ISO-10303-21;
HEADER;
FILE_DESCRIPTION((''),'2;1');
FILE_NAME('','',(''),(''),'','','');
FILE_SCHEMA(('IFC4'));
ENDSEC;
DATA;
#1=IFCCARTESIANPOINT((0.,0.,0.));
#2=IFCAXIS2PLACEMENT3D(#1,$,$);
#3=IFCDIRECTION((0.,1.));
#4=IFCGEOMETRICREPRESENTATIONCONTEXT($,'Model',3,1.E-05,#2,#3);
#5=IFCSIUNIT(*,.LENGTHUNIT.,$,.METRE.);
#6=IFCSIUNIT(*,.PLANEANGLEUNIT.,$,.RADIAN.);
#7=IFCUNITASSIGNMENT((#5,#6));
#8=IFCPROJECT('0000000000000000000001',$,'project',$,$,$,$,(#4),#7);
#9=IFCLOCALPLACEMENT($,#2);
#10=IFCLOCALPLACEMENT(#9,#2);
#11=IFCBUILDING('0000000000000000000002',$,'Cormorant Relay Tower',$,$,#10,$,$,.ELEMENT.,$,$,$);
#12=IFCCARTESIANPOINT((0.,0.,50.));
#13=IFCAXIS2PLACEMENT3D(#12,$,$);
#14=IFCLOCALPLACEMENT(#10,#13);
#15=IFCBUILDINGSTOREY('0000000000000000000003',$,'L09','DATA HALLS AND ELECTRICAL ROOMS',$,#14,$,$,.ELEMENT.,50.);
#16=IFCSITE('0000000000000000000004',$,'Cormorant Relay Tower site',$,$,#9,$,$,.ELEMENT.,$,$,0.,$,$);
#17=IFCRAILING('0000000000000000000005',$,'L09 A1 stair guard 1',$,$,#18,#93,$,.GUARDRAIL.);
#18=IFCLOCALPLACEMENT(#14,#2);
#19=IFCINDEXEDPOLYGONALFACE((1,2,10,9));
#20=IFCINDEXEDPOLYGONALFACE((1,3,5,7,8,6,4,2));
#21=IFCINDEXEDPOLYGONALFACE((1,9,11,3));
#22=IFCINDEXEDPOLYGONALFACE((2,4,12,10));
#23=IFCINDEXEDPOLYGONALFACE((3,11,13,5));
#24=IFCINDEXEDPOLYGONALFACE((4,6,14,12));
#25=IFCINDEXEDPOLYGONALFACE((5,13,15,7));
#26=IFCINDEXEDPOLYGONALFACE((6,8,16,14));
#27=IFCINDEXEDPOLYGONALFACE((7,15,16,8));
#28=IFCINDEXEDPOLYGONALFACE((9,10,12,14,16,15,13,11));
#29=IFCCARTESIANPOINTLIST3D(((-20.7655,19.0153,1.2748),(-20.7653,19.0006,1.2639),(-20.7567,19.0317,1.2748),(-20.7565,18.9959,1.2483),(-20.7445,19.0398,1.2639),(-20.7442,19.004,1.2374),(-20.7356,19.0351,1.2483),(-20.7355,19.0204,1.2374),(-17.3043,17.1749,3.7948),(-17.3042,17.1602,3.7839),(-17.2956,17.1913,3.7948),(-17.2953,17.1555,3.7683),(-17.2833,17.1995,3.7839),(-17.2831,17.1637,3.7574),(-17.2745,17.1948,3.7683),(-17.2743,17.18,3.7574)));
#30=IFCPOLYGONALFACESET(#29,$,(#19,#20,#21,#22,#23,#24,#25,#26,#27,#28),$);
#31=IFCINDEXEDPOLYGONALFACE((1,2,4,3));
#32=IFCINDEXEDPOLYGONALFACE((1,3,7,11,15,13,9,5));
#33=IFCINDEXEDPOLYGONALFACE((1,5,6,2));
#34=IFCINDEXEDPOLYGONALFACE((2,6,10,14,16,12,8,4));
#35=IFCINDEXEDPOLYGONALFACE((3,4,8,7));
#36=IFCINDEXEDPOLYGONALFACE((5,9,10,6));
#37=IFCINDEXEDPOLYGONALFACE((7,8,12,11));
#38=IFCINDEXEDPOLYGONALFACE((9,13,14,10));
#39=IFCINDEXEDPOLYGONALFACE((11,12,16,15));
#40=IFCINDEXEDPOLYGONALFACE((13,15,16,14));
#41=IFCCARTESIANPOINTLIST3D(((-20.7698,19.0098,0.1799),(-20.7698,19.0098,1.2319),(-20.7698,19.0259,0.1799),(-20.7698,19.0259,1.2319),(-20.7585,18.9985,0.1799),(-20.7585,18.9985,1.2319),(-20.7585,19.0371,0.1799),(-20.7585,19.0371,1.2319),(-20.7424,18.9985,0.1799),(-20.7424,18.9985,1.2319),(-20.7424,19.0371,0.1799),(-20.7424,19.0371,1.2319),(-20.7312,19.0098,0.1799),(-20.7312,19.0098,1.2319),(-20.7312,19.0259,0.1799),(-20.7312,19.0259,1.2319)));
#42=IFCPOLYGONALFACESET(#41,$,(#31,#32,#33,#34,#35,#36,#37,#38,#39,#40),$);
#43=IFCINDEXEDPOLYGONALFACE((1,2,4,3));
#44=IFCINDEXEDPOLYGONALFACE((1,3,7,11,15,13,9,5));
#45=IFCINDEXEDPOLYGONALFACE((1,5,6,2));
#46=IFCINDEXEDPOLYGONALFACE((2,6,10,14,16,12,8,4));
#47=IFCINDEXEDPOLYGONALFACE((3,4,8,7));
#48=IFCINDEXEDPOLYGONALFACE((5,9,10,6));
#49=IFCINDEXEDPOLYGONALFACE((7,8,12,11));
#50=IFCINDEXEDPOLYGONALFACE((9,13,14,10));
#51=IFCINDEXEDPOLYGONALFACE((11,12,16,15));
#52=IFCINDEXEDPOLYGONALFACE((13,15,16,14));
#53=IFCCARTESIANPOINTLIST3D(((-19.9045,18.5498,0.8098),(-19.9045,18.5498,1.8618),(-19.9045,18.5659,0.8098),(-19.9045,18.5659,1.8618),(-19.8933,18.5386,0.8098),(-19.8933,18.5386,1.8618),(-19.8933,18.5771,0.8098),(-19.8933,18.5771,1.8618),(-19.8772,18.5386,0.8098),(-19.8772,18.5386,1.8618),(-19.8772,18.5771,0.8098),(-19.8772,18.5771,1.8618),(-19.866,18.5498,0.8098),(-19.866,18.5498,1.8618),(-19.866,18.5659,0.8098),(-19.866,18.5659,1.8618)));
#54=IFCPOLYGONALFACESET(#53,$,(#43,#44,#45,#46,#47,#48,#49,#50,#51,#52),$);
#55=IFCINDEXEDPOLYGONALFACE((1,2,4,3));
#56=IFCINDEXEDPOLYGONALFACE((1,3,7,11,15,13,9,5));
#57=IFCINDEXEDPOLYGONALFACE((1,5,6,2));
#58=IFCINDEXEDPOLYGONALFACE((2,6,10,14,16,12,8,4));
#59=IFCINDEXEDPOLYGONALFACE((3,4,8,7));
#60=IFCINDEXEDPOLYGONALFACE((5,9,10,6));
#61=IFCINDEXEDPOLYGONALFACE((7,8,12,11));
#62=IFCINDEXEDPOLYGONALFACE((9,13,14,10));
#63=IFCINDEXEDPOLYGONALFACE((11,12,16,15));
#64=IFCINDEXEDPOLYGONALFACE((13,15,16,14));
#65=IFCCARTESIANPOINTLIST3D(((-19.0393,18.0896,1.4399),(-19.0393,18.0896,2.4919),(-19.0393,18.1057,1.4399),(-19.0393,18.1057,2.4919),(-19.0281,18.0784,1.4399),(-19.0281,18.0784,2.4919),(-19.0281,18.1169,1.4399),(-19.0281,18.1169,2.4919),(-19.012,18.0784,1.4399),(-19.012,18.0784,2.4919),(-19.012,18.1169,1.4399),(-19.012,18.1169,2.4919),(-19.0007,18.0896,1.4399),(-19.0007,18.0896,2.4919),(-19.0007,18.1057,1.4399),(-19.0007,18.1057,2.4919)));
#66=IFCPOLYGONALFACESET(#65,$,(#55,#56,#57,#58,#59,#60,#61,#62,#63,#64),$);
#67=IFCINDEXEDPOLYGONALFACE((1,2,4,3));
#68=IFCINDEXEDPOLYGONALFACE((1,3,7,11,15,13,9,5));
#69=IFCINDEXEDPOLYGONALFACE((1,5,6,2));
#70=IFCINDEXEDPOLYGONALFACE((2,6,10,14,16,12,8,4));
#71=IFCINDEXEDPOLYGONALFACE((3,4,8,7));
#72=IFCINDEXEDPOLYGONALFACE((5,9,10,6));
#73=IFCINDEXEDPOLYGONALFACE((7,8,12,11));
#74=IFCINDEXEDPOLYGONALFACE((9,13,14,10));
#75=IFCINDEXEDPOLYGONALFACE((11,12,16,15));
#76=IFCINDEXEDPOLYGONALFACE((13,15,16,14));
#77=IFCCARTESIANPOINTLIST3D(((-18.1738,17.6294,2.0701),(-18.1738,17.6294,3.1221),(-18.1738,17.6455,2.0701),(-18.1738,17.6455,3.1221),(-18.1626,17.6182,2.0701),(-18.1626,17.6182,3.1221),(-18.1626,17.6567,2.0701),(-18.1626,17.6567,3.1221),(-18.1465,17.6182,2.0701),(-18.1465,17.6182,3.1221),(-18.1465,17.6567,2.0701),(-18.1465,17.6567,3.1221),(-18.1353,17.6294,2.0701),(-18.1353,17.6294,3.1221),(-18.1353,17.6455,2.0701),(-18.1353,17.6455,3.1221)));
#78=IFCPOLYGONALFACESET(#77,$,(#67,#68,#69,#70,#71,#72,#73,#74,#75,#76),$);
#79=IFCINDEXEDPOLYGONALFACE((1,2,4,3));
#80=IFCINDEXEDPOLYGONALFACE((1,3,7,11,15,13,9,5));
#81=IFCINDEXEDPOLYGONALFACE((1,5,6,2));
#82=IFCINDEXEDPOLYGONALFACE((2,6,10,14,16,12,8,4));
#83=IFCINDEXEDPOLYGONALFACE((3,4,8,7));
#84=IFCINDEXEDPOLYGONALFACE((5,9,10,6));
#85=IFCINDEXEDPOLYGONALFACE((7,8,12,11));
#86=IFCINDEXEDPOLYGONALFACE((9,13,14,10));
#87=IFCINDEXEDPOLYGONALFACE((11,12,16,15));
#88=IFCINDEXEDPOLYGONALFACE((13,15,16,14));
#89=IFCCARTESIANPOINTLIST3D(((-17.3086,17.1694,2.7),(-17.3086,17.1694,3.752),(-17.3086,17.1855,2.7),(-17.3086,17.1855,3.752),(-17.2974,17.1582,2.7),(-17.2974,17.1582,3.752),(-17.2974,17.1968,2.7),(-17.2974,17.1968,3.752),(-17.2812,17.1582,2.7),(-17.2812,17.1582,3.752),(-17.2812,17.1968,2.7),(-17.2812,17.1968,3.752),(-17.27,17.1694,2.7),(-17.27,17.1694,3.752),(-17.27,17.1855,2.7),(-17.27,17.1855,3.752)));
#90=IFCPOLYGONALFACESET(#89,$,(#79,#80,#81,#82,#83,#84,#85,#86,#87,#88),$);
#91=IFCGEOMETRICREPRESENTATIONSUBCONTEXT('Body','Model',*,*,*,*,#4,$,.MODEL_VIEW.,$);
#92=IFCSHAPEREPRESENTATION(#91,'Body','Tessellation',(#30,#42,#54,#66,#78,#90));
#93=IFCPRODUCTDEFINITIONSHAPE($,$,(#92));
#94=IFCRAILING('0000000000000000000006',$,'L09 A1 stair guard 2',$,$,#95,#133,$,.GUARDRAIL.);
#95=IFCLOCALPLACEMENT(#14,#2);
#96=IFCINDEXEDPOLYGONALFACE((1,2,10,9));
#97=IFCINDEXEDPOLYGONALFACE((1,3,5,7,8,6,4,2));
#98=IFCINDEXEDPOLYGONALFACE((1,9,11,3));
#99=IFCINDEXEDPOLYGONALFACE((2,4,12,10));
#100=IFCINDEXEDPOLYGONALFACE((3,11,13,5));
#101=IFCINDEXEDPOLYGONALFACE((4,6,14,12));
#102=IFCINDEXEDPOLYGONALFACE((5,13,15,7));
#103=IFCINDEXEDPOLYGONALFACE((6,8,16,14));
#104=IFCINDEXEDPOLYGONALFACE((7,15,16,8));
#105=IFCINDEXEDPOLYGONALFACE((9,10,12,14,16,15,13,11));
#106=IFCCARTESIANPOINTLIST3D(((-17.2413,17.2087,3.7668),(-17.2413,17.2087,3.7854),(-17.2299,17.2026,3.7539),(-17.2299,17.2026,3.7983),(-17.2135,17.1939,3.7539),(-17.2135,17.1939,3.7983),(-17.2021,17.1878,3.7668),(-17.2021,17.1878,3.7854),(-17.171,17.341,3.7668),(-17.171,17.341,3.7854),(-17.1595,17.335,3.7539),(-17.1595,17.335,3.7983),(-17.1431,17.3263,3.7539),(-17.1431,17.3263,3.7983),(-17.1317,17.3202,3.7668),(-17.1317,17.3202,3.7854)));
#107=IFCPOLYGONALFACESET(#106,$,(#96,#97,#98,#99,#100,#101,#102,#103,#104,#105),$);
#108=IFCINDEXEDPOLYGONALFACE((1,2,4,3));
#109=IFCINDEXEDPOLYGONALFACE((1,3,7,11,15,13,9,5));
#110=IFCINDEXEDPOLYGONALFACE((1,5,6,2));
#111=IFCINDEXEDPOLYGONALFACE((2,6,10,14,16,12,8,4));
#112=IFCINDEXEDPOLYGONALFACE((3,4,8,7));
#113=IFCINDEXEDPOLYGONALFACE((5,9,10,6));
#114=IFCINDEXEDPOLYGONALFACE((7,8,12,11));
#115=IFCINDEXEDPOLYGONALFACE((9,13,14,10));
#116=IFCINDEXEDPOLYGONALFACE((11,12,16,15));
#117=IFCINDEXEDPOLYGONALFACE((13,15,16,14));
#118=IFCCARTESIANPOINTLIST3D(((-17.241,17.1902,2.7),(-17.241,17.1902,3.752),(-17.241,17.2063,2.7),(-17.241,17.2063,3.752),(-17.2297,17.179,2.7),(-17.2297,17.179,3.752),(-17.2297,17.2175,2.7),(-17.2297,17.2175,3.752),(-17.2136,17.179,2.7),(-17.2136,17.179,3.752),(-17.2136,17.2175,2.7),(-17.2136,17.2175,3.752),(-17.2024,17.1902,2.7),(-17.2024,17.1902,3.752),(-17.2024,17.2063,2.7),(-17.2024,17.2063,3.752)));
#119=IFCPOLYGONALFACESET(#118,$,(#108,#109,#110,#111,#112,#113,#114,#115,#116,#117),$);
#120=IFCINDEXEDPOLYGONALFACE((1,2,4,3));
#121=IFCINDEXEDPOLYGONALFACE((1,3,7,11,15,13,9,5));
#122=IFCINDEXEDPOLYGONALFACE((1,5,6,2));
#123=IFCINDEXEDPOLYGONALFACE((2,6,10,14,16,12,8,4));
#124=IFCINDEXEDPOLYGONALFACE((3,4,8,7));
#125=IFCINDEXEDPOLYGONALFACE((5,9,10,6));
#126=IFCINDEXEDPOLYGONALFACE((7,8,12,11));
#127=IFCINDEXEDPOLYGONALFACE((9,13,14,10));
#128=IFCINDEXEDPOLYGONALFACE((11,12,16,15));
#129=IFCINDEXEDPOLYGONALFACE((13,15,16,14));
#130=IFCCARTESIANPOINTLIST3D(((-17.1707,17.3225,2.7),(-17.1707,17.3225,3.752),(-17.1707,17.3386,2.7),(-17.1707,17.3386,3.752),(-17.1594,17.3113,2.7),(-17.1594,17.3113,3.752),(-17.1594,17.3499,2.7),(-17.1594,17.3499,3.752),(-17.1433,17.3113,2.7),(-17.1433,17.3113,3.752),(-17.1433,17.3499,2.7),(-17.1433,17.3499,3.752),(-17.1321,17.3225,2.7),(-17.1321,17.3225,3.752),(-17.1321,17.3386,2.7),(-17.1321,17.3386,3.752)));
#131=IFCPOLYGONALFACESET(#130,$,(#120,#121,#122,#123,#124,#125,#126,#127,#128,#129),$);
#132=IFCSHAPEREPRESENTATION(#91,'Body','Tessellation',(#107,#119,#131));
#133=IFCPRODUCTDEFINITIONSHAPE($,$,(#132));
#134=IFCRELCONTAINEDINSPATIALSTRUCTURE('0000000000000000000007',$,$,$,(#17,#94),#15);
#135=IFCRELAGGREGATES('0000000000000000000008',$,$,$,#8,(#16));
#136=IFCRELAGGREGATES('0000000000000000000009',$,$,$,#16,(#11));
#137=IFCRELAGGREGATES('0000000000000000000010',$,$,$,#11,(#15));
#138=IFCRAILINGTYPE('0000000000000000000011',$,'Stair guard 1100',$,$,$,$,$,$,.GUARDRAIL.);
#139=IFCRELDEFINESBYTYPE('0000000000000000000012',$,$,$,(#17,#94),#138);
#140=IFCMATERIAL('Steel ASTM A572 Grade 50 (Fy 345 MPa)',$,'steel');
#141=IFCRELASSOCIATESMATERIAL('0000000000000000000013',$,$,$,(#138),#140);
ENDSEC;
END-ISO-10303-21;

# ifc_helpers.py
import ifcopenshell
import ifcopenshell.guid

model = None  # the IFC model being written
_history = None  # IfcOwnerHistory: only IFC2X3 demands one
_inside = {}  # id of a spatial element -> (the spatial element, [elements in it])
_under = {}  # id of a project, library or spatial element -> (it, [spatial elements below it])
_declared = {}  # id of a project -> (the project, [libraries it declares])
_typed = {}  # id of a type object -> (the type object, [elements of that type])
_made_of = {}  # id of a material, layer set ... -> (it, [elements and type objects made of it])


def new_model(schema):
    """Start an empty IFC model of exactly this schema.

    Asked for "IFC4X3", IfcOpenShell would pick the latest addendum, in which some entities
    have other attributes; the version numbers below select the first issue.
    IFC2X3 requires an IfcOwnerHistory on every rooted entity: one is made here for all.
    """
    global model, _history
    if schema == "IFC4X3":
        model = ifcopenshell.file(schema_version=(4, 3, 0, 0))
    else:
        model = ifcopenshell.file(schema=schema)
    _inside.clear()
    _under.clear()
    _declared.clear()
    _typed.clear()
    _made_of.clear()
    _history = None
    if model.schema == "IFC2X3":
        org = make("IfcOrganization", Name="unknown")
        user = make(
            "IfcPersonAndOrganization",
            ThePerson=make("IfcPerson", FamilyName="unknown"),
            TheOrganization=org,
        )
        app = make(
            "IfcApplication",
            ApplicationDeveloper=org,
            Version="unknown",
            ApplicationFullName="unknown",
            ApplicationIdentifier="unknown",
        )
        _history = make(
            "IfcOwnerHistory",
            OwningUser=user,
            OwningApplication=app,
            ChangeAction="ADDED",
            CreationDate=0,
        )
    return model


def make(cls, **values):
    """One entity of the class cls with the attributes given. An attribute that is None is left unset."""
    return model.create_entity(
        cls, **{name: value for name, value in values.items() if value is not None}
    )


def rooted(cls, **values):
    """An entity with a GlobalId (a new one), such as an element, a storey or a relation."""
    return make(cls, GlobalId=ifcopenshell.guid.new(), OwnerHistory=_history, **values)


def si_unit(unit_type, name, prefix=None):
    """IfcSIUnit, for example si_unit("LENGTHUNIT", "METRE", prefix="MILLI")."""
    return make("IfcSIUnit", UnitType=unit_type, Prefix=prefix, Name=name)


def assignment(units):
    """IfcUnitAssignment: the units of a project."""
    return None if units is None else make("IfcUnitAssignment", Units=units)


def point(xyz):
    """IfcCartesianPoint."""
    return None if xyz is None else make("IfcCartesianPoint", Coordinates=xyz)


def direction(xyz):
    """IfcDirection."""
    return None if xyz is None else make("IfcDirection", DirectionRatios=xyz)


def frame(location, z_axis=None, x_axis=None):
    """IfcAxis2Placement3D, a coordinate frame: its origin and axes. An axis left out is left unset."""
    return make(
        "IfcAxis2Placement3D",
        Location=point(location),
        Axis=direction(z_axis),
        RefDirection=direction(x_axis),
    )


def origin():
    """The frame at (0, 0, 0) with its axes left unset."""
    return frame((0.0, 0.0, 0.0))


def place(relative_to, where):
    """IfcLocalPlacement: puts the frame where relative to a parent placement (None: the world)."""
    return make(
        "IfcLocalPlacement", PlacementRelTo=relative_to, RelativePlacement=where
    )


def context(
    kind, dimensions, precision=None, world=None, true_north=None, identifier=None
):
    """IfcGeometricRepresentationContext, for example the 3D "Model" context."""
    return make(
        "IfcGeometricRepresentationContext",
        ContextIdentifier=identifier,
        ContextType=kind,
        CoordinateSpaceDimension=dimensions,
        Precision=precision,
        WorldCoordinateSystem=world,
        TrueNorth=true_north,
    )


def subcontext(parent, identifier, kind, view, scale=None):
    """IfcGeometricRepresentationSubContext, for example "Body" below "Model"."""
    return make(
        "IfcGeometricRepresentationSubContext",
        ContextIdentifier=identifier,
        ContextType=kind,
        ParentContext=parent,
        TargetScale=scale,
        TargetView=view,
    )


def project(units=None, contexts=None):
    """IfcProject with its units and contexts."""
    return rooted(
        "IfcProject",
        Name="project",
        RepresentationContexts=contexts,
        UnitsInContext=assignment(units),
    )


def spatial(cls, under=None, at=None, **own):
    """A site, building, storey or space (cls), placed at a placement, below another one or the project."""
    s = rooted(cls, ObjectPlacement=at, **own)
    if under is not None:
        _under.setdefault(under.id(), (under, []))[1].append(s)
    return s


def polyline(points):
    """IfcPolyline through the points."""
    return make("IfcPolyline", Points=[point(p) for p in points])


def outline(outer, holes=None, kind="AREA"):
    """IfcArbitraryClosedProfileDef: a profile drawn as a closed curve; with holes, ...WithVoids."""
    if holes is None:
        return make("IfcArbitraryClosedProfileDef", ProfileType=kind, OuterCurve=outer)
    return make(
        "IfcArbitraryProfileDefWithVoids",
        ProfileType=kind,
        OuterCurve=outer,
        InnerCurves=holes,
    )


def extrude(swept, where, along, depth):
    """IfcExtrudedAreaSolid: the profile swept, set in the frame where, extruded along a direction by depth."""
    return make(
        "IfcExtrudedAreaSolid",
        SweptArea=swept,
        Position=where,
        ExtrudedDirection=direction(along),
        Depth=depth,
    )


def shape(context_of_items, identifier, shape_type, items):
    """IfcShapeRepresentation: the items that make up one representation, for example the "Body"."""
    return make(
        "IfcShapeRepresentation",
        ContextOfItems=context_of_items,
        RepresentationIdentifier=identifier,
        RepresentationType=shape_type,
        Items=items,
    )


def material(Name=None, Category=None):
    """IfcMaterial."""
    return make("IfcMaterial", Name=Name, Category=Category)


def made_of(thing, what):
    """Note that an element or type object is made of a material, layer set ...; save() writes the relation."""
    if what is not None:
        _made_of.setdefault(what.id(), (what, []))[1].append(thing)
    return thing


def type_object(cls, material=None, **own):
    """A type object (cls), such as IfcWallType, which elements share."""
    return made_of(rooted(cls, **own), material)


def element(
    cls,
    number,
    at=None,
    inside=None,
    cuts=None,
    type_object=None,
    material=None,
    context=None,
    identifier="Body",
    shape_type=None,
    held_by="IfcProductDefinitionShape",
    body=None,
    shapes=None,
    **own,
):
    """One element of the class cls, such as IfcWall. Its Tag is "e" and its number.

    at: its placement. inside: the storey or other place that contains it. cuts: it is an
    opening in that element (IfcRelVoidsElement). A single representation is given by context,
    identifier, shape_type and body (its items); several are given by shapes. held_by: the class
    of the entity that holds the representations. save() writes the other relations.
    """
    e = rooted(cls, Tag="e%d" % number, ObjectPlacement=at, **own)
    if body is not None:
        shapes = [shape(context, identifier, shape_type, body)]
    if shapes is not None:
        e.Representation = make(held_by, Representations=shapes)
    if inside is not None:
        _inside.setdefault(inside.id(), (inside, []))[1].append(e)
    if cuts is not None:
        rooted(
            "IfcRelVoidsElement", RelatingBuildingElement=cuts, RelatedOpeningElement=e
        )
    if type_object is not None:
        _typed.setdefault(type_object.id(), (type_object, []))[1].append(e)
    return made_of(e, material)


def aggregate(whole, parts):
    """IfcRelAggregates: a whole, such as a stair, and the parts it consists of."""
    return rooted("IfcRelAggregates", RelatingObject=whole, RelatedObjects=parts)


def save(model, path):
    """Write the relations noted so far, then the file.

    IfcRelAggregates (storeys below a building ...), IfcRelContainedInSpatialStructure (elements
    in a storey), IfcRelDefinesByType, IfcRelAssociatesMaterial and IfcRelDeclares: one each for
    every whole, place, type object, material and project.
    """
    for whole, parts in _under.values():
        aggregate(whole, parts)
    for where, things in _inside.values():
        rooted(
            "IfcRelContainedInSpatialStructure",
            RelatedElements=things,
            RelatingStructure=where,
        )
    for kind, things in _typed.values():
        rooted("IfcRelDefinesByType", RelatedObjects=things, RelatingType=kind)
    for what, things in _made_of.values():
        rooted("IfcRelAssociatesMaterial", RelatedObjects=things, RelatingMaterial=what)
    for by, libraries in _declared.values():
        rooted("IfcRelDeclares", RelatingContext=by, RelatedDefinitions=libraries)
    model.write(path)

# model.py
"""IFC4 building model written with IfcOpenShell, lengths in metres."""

from ifc_helpers import new_model, si_unit, direction, frame, origin, place, context, subcontext, project, spatial, polyline, outline, extrude, material, type_object, element, save


model = new_model("IFC4")

# Units and contexts
model_context = context("Model", 3, precision=1e-05, world=origin(), true_north=direction((0.0, 1.0)))
body_context = subcontext(model_context, "Body", "Model", "MODEL_VIEW")
ifc_project = project(units=[si_unit("LENGTHUNIT", "METRE"), si_unit("PLANEANGLEUNIT", "RADIAN")], contexts=[model_context])

# Site, building, storey
site_placement = place(None, origin())
site = spatial("IfcSite", under=ifc_project, at=site_placement, Name="Cormorant Relay Tower site", CompositionType="ELEMENT", RefElevation=0.0)
building_placement = place(site_placement, origin())
building = spatial("IfcBuilding", under=site, at=building_placement, Name="Cormorant Relay Tower", CompositionType="ELEMENT")
storey_placement = place(building_placement, frame((0.0, 0.0, 50.0)))
storey = spatial("IfcBuildingStorey", under=building, at=storey_placement, Name="L09", Description="DATA HALLS AND ELECTRICAL ROOMS", CompositionType="ELEMENT", Elevation=50.0)

# Railings
ifc_material_1 = material(Name="Steel ASTM A572 Grade 50 (Fy 345 MPa)", Category="steel")
railing_type_1 = type_object("IfcRailingType", Name="Stair guard 1100", PredefinedType="GUARDRAIL", material=ifc_material_1)
railing_1_placement = place(storey_placement, frame((-20.7505, 19.0178, 0.1799)))
element("IfcRailing", 1, at=railing_1_placement, inside=storey, type_object=railing_type_1, Name="L09 A1 stair guard 1", PredefinedType="GUARDRAIL", context=body_context, shape_type="SweptSolid", body=[
    extrude(outline(polyline([(0.0222, 0.0093), (0.0093, 0.0222), (-0.0093, 0.0222), (-0.0222, 0.0093), (-0.0222, -0.0093), (-0.0093, -0.0222), (0.0093, -0.0222), (0.0222, -0.0093), (0.0222, 0.0093)])), frame((0.0, 0.0, 1.0762), z_axis=(0.742717, -0.394907, 0.540758), x_axis=(0.469469, 0.882949, 0.0)), (0.0, 0.0, 1.0), 4.6602),
    extrude(outline(polyline([(0.0193, 0.0081), (0.0081, 0.0193), (-0.0081, 0.0193), (-0.0193, 0.0081), (-0.0193, -0.0081), (-0.0081, -0.0193), (0.0081, -0.0193), (0.0193, -0.0081), (0.0193, 0.0081)])), origin(), (0.0, 0.0, 1.0), 1.052),
    extrude(outline(polyline([(0.0193, 0.0081), (0.0081, 0.0193), (-0.0081, 0.0193), (-0.0193, 0.0081), (-0.0193, -0.0081), (-0.0081, -0.0193), (0.0081, -0.0193), (0.0193, -0.0081), (0.0193, 0.0081)])), frame((0.8652, -0.46, 0.6299)), (0.0, 0.0, 1.0), 1.052),
    extrude(outline(polyline([(0.0193, 0.0081), (0.0081, 0.0193), (-0.0081, 0.0193), (-0.0193, 0.0081), (-0.0193, -0.0081), (-0.0081, -0.0193), (0.0081, -0.0193), (0.0193, -0.0081), (0.0193, 0.0081)])), frame((1.7305, -0.9202, 1.26)), (0.0, 0.0, 1.0), 1.052),
    extrude(outline(polyline([(0.0193, 0.0081), (0.0081, 0.0193), (-0.0081, 0.0193), (-0.0193, 0.0081), (-0.0193, -0.0081), (-0.0081, -0.0193), (0.0081, -0.0193), (0.0193, -0.0081), (0.0193, 0.0081)])), frame((2.5959, -1.3804, 1.8901)), (0.0, 0.0, 1.0), 1.052),
    extrude(outline(polyline([(0.0193, 0.0081), (0.0081, 0.0193), (-0.0081, 0.0193), (-0.0193, 0.0081), (-0.0193, -0.0081), (-0.0081, -0.0193), (0.0081, -0.0193), (0.0193, -0.0081), (0.0193, 0.0081)])), frame((3.4612, -1.8403, 2.52)), (0.0, 0.0, 1.0), 1.052),
])
railing_2_placement = place(storey_placement, frame((-17.2217, 17.1982, 2.7)))
element("IfcRailing", 2, at=railing_2_placement, inside=storey, type_object=railing_type_1, Name="L09 A1 stair guard 2", PredefinedType="GUARDRAIL", context=body_context, shape_type="SweptSolid", body=[
    extrude(outline(polyline([(0.0222, 0.0093), (0.0093, 0.0222), (-0.0093, 0.0222), (-0.0222, 0.0093), (-0.0222, -0.0093), (-0.0093, -0.0222), (0.0093, -0.0222), (0.0222, -0.0093), (0.0222, 0.0093)])), frame((0.0, 0.0, 1.0762), z_axis=(0.469235, 0.883074, 0.0), x_axis=(-0.883074, 0.469235, 0.0)), (0.0, 0.0, 1.0), 0.1499),
    extrude(outline(polyline([(0.0193, 0.0081), (0.0081, 0.0193), (-0.0081, 0.0193), (-0.0193, 0.0081), (-0.0193, -0.0081), (-0.0081, -0.0193), (0.0081, -0.0193), (0.0193, -0.0081), (0.0193, 0.0081)])), origin(), (0.0, 0.0, 1.0), 1.052),
    extrude(outline(polyline([(0.0193, 0.0081), (0.0081, 0.0193), (-0.0081, 0.0193), (-0.0193, 0.0081), (-0.0193, -0.0081), (-0.0081, -0.0193), (0.0081, -0.0193), (0.0193, -0.0081), (0.0193, 0.0081)])), frame((0.0703, 0.1323, 0.0)), (0.0, 0.0, 1.0), 1.052),
])

save(model, "model.ifc")
